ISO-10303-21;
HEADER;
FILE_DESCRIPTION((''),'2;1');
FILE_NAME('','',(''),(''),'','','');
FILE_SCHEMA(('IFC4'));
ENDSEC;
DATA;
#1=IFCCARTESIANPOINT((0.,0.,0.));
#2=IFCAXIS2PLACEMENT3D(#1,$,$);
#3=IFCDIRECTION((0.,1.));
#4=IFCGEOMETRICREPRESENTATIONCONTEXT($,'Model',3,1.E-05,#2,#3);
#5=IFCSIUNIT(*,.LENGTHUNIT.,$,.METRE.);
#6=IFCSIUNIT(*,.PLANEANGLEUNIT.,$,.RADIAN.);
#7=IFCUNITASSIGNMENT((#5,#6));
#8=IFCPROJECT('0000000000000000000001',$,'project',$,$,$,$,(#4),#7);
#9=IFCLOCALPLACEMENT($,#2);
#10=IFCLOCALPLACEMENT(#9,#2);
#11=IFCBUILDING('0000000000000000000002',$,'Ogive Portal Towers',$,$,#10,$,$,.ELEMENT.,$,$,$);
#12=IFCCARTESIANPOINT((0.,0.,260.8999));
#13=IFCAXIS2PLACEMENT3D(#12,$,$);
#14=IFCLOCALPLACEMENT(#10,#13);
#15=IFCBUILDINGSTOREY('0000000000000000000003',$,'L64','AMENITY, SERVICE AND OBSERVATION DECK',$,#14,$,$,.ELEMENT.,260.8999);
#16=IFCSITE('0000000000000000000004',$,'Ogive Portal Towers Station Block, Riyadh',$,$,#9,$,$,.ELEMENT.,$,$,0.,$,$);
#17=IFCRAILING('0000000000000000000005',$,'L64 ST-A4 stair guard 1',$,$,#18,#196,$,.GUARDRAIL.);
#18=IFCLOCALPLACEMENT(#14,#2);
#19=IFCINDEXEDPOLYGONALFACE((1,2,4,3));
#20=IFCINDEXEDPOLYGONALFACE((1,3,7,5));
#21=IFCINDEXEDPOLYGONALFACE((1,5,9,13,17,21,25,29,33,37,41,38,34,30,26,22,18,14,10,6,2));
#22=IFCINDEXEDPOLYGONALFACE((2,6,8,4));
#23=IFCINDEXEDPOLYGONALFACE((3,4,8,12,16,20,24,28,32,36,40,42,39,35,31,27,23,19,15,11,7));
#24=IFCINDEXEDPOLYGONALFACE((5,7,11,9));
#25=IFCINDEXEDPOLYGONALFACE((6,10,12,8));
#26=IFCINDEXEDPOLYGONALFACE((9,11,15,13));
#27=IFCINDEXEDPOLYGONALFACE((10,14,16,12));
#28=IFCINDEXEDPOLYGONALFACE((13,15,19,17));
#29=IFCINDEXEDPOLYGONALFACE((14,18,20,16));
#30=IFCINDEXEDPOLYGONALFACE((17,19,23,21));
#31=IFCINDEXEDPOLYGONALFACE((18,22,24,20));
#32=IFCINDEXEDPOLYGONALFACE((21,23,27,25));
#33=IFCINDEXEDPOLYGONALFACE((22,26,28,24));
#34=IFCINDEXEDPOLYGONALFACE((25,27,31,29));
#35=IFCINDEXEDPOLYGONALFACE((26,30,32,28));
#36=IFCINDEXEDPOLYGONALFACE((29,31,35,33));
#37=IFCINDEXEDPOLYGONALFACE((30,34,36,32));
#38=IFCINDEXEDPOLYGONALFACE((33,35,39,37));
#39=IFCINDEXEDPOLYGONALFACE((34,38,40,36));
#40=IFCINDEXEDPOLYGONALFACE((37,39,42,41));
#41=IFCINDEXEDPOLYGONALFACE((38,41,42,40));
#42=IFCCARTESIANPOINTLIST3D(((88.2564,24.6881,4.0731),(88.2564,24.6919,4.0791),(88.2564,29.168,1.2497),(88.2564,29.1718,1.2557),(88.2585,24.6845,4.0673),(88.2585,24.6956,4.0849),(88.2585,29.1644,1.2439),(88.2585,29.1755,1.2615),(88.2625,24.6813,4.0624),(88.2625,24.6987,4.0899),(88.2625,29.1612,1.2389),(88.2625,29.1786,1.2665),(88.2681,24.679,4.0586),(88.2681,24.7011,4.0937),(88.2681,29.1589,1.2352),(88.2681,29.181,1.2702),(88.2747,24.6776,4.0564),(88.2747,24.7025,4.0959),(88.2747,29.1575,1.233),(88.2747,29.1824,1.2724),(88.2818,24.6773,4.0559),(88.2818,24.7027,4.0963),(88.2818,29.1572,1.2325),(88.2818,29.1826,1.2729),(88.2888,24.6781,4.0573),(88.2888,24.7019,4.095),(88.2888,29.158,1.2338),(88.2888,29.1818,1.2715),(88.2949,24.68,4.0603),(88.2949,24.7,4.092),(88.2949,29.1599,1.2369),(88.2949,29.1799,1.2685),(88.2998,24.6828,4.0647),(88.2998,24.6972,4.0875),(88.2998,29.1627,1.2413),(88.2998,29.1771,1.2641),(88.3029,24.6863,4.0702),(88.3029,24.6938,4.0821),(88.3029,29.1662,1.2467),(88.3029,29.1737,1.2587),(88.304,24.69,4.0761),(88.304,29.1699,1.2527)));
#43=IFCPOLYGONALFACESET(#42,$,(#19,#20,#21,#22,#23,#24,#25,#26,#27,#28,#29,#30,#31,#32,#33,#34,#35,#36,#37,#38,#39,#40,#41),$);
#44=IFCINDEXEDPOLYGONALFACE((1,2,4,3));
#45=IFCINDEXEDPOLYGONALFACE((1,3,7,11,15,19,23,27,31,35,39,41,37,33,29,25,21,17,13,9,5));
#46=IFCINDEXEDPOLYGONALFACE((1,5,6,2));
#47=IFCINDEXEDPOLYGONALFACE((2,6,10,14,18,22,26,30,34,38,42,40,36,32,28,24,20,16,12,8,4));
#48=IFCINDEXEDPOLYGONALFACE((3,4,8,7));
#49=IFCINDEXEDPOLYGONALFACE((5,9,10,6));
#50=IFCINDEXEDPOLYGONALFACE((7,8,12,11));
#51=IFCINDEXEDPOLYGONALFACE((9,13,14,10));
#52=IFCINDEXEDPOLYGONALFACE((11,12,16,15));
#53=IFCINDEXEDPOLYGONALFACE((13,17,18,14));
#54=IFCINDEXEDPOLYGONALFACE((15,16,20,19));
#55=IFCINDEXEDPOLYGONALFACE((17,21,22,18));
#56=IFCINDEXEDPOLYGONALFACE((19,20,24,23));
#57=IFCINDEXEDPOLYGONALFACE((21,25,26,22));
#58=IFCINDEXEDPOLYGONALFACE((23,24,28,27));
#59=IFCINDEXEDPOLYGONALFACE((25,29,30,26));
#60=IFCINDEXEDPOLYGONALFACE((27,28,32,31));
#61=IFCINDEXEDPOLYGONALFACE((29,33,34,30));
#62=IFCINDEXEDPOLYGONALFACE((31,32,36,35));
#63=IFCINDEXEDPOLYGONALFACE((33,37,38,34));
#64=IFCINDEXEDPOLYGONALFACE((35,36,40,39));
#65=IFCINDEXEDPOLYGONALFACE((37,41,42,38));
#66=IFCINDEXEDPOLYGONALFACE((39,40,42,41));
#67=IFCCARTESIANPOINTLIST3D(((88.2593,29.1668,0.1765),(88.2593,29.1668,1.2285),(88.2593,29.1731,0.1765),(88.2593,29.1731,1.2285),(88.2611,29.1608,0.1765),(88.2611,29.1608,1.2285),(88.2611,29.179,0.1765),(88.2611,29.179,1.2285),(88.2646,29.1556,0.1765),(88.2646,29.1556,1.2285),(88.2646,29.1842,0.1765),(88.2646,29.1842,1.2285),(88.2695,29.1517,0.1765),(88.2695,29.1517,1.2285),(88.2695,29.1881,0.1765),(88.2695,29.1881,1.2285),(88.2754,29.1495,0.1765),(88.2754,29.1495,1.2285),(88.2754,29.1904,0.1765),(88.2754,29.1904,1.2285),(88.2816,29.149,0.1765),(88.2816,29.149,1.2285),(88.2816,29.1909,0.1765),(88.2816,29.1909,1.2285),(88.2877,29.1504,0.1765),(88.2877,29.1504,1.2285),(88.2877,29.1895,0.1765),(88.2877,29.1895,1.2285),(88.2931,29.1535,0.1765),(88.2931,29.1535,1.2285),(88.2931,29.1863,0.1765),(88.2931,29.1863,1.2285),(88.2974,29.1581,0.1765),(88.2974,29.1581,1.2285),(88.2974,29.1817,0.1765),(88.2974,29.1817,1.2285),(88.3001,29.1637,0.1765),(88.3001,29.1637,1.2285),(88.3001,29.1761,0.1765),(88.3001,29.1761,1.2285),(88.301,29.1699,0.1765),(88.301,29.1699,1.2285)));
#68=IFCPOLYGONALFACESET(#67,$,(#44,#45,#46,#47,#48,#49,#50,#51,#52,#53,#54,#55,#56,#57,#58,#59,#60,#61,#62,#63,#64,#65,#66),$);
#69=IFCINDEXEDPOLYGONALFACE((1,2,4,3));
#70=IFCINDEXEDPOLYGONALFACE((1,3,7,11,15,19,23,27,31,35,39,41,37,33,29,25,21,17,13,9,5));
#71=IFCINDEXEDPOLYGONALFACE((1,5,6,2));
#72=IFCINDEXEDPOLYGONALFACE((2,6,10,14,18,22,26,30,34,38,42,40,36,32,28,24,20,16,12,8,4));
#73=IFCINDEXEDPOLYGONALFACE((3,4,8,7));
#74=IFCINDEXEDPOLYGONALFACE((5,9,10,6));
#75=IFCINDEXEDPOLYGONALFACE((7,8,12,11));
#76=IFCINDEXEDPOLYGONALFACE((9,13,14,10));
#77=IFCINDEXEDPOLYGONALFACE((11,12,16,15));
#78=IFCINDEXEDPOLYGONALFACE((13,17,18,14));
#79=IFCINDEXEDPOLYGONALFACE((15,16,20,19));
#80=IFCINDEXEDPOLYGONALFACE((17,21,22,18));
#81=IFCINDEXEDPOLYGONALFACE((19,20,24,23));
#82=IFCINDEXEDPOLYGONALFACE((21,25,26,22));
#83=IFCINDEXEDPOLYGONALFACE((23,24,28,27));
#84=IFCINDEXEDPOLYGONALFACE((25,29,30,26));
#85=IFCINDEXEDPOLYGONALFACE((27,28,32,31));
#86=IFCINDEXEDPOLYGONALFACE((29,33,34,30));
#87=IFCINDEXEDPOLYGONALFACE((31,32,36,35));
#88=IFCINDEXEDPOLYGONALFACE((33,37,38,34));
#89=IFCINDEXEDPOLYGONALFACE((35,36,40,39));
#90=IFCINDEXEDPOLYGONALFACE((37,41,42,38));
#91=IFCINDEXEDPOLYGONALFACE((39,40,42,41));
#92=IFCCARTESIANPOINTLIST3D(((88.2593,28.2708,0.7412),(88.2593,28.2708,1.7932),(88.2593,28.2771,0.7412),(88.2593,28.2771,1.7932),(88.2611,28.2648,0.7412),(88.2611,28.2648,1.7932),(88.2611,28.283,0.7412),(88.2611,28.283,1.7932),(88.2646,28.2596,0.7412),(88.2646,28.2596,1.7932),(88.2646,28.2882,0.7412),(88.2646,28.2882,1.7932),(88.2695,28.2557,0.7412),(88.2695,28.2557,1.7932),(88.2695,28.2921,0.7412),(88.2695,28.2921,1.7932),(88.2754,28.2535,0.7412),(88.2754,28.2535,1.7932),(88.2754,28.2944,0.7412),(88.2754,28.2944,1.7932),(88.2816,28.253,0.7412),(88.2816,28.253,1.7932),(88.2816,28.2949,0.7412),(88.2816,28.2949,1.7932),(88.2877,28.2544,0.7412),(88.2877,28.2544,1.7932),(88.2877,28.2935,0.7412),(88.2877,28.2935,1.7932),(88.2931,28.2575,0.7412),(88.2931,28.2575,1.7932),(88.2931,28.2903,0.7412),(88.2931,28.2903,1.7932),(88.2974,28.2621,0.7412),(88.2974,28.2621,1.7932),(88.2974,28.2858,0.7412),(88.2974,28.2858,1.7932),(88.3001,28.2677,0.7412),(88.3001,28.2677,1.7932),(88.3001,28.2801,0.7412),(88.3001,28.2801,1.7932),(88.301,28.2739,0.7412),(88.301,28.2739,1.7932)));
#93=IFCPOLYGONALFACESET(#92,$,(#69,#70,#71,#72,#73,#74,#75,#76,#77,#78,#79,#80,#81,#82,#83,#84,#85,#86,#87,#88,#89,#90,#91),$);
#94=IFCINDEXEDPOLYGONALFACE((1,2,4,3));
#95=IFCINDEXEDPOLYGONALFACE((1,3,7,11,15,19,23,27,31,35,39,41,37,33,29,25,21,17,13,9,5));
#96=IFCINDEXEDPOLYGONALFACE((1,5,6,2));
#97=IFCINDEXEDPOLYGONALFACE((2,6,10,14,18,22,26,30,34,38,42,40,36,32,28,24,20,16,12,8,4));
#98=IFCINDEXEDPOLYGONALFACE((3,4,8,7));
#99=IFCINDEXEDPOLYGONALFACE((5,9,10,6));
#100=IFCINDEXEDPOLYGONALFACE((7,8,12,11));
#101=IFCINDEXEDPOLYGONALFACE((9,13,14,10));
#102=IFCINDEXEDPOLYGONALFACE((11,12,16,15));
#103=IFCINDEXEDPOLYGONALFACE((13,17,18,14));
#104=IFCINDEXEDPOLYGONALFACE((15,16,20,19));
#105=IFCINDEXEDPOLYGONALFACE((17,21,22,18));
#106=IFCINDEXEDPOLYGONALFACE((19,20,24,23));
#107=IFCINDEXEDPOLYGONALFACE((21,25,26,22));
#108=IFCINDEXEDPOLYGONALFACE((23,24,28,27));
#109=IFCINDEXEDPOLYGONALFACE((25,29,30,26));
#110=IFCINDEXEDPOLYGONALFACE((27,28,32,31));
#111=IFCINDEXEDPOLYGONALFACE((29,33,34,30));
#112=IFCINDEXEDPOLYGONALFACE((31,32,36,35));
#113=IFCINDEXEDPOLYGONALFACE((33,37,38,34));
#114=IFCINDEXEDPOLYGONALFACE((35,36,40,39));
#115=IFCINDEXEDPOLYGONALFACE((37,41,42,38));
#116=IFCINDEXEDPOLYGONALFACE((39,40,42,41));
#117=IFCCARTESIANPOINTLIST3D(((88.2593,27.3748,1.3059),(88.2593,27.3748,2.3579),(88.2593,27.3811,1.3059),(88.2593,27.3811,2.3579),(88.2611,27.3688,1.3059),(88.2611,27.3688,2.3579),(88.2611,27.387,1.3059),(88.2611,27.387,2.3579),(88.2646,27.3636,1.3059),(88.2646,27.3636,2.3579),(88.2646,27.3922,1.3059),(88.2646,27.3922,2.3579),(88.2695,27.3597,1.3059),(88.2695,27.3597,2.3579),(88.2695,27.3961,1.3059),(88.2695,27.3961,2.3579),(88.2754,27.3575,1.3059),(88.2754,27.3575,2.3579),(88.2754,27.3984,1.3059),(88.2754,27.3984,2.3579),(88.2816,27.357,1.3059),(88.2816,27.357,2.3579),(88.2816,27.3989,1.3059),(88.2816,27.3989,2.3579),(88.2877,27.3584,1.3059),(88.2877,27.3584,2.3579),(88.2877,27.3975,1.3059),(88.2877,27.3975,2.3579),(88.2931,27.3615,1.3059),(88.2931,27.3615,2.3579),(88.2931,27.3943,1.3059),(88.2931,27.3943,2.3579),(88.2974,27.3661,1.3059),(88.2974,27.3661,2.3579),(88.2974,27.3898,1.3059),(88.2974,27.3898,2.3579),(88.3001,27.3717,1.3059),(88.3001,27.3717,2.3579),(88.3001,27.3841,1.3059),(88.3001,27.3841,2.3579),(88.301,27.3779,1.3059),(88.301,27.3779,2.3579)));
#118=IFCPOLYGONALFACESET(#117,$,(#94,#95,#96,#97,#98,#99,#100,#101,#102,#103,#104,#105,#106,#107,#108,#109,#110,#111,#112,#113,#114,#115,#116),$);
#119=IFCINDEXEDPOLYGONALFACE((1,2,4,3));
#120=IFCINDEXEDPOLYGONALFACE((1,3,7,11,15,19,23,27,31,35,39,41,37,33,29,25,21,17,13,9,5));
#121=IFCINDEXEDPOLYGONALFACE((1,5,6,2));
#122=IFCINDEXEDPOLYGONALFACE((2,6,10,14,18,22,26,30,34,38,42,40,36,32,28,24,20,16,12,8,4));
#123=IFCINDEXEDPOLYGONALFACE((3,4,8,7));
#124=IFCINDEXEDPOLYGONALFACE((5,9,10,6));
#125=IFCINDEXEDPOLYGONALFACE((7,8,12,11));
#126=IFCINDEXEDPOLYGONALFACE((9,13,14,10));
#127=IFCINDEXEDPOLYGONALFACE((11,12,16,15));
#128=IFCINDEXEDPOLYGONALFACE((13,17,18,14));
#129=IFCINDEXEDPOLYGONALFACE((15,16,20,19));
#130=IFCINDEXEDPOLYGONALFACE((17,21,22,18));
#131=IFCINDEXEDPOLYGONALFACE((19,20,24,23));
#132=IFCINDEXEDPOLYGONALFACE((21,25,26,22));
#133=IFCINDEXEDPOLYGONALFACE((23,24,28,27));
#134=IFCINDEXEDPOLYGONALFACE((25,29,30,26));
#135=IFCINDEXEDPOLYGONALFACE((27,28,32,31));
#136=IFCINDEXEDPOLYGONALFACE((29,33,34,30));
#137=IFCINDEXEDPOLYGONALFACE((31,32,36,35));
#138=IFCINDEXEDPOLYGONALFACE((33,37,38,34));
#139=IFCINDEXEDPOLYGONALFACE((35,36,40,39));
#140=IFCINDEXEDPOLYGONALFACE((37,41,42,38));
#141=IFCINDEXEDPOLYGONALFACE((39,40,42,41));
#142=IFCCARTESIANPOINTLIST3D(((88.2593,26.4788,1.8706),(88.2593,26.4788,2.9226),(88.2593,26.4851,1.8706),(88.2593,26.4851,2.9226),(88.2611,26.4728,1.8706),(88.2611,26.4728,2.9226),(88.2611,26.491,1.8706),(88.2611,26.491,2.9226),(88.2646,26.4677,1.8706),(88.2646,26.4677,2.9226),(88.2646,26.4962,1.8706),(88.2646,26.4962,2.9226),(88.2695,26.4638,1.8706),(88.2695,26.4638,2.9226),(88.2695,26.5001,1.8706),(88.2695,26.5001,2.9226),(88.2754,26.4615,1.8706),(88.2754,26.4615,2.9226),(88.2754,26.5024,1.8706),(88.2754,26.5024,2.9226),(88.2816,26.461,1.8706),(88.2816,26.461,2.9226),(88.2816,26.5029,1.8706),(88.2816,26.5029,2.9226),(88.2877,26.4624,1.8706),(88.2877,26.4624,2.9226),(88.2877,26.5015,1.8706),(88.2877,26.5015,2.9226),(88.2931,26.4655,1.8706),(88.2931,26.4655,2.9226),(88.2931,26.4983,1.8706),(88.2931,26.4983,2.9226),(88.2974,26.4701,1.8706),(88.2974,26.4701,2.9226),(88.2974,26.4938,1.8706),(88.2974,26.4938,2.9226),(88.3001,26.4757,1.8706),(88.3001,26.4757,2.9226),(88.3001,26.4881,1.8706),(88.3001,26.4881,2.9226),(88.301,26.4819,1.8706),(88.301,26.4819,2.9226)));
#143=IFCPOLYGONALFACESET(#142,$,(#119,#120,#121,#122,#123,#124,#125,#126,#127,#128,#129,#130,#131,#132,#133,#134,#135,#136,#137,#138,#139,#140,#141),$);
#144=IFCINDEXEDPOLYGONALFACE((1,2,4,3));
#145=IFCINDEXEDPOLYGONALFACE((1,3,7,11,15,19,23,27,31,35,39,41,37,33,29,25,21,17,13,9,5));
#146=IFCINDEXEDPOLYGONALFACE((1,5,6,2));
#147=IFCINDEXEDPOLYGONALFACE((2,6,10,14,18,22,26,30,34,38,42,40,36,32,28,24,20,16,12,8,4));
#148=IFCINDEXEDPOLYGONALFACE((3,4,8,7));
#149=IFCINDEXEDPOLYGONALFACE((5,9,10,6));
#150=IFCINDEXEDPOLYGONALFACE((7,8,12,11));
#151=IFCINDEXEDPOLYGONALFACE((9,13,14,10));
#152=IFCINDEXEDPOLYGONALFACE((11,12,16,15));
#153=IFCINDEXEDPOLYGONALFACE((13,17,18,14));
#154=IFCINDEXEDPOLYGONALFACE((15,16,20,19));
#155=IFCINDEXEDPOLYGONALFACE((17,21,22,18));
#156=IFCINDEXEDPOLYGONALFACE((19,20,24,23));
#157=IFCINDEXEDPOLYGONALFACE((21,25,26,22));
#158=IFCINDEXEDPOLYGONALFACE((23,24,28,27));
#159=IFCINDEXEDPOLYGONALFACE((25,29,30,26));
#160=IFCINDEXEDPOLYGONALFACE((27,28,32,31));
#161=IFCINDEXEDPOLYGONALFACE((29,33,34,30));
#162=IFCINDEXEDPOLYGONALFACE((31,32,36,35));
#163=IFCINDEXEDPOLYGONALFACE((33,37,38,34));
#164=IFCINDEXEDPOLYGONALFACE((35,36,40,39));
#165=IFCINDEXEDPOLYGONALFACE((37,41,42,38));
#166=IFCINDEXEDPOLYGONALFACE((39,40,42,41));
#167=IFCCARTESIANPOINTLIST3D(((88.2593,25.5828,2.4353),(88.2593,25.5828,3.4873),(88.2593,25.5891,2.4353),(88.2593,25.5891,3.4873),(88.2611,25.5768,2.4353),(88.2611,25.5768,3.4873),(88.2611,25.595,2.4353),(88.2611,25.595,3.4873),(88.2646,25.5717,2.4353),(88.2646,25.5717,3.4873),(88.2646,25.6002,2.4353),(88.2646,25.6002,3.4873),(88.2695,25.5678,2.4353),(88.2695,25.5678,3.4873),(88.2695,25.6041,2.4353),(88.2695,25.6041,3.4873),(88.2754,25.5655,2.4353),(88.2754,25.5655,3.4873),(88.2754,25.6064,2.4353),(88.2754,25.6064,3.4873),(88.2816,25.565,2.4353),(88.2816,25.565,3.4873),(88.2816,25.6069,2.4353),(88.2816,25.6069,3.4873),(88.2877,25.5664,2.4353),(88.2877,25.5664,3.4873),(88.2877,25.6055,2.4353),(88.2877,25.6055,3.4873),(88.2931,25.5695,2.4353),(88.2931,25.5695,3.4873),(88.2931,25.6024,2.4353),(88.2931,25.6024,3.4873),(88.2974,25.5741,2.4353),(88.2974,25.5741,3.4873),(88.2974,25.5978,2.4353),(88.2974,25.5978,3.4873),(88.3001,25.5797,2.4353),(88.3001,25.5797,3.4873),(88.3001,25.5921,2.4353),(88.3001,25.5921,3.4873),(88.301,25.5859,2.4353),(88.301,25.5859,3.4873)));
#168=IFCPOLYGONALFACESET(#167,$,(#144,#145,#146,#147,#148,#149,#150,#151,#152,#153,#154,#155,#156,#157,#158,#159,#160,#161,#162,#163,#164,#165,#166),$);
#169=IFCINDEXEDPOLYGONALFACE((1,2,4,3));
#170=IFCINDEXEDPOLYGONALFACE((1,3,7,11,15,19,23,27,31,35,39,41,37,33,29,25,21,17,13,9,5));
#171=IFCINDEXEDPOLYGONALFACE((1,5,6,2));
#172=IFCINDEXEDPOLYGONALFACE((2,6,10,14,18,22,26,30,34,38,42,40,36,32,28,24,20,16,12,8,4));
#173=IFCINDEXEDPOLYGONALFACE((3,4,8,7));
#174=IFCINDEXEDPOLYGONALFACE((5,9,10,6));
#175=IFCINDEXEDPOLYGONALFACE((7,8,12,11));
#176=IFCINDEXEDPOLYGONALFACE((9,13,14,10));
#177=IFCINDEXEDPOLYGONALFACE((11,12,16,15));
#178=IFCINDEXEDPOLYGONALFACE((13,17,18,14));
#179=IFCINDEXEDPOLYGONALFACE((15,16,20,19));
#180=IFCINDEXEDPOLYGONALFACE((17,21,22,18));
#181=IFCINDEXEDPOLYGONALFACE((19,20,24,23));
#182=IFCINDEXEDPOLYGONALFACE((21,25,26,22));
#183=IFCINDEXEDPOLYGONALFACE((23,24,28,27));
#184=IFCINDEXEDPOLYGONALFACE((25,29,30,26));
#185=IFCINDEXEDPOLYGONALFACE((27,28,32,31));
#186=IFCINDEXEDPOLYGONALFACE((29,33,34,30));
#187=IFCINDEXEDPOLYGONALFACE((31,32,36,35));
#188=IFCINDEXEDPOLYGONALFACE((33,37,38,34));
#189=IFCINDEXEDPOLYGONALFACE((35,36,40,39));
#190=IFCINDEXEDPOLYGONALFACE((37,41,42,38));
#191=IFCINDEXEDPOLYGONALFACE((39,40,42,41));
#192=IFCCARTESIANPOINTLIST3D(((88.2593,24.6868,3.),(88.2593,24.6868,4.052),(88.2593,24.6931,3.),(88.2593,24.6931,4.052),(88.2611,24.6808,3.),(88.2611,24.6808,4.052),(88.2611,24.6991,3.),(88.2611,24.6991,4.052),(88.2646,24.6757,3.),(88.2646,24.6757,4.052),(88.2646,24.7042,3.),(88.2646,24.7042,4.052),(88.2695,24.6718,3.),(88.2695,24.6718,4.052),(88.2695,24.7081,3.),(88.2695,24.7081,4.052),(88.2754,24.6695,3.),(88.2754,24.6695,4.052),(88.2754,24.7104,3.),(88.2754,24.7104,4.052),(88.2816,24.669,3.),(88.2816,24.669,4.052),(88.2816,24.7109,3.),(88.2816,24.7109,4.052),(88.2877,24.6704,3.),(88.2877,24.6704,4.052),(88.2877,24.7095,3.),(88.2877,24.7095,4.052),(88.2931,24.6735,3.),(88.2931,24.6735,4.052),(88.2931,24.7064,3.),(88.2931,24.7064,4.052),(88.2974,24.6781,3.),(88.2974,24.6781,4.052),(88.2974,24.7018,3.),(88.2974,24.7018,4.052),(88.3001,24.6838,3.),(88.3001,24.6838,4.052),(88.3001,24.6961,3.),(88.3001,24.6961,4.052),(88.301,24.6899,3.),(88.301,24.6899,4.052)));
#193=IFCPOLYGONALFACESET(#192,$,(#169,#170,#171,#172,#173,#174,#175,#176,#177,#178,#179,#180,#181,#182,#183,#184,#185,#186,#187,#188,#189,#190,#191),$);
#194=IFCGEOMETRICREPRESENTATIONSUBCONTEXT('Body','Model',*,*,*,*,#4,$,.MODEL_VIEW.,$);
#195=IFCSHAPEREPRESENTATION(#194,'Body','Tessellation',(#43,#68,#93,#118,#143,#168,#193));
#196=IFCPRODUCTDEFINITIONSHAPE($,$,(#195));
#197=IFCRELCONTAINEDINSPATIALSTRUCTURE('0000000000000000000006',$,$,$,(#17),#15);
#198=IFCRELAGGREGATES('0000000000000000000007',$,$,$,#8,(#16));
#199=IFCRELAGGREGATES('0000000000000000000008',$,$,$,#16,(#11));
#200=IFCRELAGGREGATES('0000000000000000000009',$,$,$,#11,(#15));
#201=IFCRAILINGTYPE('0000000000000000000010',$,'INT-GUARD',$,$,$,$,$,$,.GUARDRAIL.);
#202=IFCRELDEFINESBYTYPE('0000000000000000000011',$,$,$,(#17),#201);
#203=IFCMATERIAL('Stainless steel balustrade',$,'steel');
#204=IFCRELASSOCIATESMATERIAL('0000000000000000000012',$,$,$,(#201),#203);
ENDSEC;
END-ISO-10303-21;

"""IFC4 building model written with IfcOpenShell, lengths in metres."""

from ifc_helpers import new_model, si_unit, direction, frame, origin, origin_2d, place, context, subcontext, project, spatial, circle, extrude, material, type_object, element, save


model = new_model("IFC4")

# Units and contexts
model_context = context("Model", 3, precision=1e-05, world=origin(), true_north=direction((0.0, 1.0)))
body_context = subcontext(model_context, "Body", "Model", "MODEL_VIEW")
ifc_project = project(units=[si_unit("LENGTHUNIT", "METRE"), si_unit("PLANEANGLEUNIT", "RADIAN")], contexts=[model_context])

# Site, building, storey
site_placement = place(None, origin())
site = spatial("IfcSite", under=ifc_project, at=site_placement, Name="Ogive Portal Towers Station Block, Riyadh", CompositionType="ELEMENT", RefElevation=0.0)
building_placement = place(site_placement, origin())
building = spatial("IfcBuilding", under=site, at=building_placement, Name="Ogive Portal Towers", CompositionType="ELEMENT")
storey_placement = place(building_placement, frame((0.0, 0.0, 260.8999)))
storey = spatial("IfcBuildingStorey", under=building, at=storey_placement, Name="L64", Description="AMENITY, SERVICE AND OBSERVATION DECK", CompositionType="ELEMENT", Elevation=260.8999)

# Railing
ifc_material_1 = material(Name="Stainless steel balustrade", Category="steel")
railing_type_1 = type_object("IfcRailingType", Name="INT-GUARD", PredefinedType="GUARDRAIL", material=ifc_material_1)
railing_1_placement = place(storey_placement, frame((88.28, 29.1699, 0.1765)))
element("IfcRailing", 1, at=railing_1_placement, inside=storey, type_object=railing_type_1, Name="L64 ST-A4 stair guard 1", PredefinedType="GUARDRAIL", context=body_context, shape_type="SweptSolid", body=[
    extrude(circle(Radius=0.0239, at=origin_2d()), frame((0.0, 0.0, 1.0762), z_axis=(0.0, -0.845998, 0.533186), x_axis=(1.0, 0.0, 0.0)), (0.0, 0.0, 1.0), 5.2954),
    extrude(circle(Radius=0.021, at=origin_2d()), origin(), (0.0, 0.0, 1.0), 1.052),
    extrude(circle(Radius=0.021, at=origin_2d()), frame((0.0, -0.896, 0.5647)), (0.0, 0.0, 1.0), 1.052),
    extrude(circle(Radius=0.021, at=origin_2d()), frame((0.0, -1.792, 1.1294)), (0.0, 0.0, 1.0), 1.052),
    extrude(circle(Radius=0.021, at=origin_2d()), frame((0.0, -2.688, 1.6941)), (0.0, 0.0, 1.0), 1.052),
    extrude(circle(Radius=0.021, at=origin_2d()), frame((0.0, -3.584, 2.2588)), (0.0, 0.0, 1.0), 1.052),
    extrude(circle(Radius=0.021, at=origin_2d()), frame((0.0, -4.48, 2.8235)), (0.0, 0.0, 1.0), 1.052),
])

save(model, "model.ifc")
